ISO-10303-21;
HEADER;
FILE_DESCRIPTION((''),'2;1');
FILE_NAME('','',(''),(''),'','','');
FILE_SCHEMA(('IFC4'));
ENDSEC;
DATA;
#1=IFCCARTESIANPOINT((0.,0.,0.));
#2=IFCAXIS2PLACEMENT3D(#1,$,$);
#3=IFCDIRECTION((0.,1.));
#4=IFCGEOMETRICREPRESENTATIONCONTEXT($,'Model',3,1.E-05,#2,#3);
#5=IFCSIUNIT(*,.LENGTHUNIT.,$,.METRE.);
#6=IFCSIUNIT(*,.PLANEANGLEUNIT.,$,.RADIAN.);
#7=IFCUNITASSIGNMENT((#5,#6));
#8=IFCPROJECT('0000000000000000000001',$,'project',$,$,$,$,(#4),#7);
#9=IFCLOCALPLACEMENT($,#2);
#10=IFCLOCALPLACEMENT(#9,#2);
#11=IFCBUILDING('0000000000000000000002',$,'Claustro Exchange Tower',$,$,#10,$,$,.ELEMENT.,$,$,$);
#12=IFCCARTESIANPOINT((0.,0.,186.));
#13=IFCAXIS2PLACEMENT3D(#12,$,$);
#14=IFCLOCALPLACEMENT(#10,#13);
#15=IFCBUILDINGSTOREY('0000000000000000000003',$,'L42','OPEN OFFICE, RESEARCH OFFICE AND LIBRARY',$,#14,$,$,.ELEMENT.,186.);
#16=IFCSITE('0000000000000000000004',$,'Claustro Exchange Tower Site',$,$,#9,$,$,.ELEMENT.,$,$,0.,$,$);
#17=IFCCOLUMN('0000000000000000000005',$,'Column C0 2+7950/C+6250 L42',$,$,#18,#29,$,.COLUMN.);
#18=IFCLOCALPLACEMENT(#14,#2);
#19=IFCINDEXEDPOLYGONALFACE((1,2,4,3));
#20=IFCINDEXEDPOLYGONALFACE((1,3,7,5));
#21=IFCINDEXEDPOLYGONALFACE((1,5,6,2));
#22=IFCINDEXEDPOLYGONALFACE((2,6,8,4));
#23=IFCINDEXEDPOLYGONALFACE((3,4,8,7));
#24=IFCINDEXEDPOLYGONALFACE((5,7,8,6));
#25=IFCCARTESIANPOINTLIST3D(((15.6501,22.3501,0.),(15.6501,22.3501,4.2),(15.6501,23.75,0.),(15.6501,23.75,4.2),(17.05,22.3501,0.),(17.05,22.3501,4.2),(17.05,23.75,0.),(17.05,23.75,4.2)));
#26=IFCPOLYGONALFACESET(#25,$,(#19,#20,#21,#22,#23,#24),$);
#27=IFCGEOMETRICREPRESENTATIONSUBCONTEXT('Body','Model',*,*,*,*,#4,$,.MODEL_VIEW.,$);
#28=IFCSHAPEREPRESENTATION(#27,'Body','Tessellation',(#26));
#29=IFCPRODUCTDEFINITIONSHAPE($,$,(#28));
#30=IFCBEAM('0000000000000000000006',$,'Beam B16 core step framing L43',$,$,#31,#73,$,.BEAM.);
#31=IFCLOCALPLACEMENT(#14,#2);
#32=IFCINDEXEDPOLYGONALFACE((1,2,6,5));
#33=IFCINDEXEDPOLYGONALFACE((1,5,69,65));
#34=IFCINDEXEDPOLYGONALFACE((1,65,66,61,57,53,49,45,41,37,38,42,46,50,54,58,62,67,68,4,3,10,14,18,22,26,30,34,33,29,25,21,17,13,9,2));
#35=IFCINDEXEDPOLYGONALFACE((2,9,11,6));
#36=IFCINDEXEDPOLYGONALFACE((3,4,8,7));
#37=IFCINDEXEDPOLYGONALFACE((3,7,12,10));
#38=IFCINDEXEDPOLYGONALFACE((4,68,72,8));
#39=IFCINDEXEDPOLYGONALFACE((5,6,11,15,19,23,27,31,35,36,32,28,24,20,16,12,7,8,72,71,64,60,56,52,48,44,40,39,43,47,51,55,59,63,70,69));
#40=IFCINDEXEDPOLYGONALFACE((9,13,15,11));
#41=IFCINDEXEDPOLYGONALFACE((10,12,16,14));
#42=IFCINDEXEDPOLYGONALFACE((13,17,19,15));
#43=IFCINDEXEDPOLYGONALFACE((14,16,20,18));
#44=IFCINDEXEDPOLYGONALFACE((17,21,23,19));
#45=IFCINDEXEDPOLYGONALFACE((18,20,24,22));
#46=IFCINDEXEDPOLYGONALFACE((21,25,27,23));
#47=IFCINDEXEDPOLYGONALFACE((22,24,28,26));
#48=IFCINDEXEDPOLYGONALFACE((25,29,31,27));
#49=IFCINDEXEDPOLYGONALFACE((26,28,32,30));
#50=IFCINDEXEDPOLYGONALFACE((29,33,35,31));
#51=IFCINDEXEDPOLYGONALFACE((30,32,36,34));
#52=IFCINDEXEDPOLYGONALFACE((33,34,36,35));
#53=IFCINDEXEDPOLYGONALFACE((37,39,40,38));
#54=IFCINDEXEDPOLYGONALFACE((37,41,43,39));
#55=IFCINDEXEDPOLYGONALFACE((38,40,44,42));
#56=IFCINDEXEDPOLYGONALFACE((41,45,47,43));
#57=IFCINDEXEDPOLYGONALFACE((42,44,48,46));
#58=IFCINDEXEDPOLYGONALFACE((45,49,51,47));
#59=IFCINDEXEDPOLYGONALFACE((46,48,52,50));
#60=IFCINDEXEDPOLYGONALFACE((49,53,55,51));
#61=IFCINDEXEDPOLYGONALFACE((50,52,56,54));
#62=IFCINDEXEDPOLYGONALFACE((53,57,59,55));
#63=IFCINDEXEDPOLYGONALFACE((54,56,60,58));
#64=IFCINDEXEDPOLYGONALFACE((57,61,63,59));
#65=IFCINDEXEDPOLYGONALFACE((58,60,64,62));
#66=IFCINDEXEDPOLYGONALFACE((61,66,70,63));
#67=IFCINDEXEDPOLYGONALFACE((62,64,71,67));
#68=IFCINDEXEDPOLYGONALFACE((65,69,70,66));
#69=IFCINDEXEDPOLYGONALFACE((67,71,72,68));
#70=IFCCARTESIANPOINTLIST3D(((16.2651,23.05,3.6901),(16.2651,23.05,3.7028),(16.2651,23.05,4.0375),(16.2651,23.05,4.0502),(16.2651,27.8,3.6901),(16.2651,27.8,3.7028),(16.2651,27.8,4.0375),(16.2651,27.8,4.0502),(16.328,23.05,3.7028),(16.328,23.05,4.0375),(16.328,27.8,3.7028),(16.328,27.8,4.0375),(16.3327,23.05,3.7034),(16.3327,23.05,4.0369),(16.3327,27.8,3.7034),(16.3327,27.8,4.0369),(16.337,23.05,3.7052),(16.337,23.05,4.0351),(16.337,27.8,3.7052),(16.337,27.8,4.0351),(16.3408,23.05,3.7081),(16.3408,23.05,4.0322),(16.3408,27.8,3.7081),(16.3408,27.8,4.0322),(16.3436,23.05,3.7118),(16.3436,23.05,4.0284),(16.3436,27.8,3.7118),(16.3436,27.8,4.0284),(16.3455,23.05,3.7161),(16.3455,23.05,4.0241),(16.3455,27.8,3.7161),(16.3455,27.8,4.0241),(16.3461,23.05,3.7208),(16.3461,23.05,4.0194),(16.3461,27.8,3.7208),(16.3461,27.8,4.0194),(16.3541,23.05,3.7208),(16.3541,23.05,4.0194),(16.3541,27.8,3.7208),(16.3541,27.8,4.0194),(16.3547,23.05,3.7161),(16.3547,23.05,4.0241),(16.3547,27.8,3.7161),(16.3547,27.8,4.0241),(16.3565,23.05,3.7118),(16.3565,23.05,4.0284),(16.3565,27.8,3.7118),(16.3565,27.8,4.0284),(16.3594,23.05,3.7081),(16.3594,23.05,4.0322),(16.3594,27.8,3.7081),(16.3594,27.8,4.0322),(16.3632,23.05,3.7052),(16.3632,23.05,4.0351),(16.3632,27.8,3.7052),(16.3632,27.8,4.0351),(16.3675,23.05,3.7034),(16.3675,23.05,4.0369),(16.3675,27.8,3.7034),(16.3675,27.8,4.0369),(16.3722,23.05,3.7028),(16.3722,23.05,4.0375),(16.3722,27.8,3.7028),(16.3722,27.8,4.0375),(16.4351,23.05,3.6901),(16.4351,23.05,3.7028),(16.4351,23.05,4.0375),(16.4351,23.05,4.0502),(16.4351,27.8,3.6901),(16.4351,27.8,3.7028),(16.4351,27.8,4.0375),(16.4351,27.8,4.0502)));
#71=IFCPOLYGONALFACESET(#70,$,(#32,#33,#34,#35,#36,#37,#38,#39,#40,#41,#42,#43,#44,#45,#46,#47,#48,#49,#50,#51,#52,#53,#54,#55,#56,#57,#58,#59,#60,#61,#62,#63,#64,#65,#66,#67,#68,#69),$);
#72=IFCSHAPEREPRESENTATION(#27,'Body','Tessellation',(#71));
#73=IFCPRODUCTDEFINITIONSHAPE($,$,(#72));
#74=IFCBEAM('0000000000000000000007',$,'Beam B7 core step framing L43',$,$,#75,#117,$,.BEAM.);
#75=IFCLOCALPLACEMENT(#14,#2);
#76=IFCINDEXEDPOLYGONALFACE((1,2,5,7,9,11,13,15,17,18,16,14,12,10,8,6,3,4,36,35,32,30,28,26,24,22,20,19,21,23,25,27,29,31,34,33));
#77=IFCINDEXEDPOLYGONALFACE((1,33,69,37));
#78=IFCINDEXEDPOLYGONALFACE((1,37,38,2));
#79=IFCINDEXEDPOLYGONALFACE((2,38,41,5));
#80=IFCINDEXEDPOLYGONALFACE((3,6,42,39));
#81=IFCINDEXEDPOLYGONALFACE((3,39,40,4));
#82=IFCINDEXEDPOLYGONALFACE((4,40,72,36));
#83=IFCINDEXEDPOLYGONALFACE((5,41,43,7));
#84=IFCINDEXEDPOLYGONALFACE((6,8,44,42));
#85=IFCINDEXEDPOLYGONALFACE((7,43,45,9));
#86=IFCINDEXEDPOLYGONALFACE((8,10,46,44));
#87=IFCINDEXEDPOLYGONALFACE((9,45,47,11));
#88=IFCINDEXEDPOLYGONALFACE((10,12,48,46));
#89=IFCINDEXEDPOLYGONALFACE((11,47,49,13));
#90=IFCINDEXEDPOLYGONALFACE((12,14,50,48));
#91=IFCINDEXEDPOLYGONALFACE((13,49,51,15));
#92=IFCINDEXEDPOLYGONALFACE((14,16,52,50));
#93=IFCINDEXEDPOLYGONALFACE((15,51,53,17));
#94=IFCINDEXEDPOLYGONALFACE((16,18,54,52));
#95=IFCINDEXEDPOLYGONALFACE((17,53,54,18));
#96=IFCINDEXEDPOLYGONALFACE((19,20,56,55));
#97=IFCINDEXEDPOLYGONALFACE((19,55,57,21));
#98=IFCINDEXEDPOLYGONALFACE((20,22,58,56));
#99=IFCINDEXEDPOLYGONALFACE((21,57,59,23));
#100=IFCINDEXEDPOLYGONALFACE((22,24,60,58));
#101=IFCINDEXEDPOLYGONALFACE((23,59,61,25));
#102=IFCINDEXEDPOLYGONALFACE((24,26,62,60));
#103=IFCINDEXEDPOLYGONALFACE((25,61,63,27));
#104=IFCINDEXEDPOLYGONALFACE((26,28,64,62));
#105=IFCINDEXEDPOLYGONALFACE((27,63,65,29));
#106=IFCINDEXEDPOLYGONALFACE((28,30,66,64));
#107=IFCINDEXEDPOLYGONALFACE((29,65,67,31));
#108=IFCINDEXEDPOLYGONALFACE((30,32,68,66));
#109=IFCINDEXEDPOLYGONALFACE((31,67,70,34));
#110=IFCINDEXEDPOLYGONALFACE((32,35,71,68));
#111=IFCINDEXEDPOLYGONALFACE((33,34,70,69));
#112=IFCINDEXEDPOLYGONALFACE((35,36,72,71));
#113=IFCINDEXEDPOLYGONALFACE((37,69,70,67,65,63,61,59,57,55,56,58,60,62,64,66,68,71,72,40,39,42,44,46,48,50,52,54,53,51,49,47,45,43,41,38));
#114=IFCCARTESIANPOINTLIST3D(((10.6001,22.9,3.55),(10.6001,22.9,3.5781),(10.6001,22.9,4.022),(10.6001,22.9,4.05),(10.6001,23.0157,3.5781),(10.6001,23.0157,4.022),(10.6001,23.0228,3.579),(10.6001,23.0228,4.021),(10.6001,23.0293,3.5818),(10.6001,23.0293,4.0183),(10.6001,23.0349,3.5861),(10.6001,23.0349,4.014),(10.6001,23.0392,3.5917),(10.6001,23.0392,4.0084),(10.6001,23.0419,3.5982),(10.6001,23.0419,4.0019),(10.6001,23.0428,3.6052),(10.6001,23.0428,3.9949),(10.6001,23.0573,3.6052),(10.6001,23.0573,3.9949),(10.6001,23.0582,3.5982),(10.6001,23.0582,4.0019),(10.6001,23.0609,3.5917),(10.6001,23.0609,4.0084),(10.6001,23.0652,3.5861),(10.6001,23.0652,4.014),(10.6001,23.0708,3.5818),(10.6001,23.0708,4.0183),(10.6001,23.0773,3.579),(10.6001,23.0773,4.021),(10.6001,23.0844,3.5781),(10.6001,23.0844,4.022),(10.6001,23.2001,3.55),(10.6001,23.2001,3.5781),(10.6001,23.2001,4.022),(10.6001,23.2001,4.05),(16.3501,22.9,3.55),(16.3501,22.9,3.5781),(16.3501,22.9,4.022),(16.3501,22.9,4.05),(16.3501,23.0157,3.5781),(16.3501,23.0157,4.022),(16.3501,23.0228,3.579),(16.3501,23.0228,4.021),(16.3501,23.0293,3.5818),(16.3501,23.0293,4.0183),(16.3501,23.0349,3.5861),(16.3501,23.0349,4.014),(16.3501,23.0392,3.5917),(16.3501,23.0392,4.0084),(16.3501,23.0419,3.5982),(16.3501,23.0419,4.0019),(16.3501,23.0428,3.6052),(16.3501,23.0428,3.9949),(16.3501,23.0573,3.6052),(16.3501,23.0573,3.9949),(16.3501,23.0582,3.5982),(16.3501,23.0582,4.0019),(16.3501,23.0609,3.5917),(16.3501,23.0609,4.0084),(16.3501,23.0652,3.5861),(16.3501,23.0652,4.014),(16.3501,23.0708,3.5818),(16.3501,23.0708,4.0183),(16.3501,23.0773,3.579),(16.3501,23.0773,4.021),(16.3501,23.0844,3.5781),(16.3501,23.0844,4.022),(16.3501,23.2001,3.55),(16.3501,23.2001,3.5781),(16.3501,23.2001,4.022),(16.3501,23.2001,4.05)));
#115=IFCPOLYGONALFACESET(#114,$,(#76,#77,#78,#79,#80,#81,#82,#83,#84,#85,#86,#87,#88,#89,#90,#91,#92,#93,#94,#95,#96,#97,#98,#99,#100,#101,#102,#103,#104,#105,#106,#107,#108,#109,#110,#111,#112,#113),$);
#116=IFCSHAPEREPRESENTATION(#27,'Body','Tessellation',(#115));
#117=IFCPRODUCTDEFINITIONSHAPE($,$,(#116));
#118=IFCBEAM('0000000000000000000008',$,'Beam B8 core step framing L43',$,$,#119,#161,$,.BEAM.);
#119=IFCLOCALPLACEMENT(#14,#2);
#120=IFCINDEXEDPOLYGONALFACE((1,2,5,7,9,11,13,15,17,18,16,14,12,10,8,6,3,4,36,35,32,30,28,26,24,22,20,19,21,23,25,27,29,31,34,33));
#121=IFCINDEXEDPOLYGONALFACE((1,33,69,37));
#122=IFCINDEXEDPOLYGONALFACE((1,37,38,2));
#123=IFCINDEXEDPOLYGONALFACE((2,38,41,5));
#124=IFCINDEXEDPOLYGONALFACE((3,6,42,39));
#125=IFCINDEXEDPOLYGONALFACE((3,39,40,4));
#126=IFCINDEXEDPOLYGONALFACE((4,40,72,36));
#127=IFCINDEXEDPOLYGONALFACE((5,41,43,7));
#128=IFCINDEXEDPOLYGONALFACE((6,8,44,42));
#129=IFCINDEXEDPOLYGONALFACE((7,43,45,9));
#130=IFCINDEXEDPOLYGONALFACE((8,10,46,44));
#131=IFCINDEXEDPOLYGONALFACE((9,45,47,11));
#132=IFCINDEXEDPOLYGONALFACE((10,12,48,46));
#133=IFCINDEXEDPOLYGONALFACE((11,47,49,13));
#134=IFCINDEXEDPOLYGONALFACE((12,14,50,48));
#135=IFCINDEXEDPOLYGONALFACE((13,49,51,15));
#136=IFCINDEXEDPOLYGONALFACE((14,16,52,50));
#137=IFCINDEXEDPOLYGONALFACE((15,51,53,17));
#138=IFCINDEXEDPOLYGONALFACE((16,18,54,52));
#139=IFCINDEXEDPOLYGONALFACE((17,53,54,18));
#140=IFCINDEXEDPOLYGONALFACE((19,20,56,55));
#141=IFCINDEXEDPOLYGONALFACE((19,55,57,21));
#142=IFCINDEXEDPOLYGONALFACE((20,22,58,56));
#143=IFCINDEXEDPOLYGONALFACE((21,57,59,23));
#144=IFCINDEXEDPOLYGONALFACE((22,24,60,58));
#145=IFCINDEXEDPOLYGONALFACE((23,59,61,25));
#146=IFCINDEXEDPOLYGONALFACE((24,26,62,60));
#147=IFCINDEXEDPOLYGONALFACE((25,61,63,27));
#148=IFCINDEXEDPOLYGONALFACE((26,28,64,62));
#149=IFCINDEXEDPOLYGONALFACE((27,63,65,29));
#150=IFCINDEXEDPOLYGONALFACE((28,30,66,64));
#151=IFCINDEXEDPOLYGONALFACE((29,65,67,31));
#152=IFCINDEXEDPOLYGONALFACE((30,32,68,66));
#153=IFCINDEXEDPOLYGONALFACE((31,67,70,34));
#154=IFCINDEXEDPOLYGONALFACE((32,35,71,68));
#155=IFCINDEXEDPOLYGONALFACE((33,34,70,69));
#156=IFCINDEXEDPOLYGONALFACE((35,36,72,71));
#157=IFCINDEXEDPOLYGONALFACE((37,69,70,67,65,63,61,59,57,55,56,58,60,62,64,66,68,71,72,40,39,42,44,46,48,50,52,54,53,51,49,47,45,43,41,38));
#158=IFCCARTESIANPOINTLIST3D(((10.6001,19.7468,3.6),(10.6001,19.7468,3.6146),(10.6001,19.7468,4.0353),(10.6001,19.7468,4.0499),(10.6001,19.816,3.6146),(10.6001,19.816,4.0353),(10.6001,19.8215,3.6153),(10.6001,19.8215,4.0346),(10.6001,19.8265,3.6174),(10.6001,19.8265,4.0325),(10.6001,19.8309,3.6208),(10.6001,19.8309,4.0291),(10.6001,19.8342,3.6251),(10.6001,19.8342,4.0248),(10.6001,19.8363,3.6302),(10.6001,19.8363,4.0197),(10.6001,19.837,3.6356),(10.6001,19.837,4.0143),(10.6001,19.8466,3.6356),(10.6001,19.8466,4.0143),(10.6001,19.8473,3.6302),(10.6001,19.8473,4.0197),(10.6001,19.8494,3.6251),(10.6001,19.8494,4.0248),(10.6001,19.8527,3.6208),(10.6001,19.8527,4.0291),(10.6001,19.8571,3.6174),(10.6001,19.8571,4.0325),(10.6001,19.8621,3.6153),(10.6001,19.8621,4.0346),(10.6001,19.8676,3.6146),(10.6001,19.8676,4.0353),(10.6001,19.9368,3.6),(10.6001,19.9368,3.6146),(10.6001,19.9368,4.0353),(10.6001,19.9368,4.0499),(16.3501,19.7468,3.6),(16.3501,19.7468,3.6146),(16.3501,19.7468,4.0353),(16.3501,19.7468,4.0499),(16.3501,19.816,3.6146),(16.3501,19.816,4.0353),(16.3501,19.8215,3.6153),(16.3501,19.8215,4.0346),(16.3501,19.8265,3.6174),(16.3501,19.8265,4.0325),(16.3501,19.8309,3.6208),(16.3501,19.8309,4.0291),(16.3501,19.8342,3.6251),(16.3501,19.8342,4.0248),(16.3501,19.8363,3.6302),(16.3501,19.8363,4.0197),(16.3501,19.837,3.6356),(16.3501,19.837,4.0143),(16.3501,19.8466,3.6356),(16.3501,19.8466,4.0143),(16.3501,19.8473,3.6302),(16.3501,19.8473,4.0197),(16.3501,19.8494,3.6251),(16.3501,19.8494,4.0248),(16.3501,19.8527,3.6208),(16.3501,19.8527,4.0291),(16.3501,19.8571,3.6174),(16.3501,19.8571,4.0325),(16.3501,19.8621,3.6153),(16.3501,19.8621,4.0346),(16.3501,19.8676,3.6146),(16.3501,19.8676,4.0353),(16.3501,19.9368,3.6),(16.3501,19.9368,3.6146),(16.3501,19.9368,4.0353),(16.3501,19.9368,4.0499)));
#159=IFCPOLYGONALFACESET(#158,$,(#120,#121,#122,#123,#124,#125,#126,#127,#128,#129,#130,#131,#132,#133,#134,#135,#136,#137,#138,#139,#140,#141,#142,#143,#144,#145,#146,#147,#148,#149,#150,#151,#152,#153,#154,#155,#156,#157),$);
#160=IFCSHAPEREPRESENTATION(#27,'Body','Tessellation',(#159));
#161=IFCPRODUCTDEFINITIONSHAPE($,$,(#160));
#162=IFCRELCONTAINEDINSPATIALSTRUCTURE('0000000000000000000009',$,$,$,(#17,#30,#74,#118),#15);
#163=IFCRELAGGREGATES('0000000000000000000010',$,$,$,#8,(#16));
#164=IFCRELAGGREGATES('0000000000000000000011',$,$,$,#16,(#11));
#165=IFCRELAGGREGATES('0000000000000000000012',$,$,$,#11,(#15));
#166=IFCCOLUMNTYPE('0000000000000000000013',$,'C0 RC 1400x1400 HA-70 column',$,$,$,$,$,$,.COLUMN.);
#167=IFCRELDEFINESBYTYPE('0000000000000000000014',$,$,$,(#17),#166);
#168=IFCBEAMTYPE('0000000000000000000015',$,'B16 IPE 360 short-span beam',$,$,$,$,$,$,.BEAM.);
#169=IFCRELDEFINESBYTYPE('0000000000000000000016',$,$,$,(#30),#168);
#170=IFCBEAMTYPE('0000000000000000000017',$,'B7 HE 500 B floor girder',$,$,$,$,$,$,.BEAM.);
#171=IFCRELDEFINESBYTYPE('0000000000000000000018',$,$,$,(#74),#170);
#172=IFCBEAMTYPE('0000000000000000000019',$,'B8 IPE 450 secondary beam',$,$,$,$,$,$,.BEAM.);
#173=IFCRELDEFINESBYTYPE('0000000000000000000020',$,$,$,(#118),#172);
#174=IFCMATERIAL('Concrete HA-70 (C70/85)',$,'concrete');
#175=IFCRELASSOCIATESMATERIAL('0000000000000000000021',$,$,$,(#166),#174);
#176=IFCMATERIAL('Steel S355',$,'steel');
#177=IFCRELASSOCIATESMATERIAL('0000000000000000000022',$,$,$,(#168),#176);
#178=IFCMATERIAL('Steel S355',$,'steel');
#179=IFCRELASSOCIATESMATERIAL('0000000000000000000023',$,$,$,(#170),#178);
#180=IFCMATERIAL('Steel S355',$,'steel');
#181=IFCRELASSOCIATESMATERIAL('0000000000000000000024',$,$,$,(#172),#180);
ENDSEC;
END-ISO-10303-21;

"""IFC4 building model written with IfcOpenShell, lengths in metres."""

from ifc_helpers import new_model, si_unit, direction, frame, origin, origin_2d, place, context, subcontext, project, spatial, rectangle, i_section, extrude, material, material_profile, profile_set, type_object, element, save


model = new_model("IFC4")

# Units and contexts
model_context = context("Model", 3, precision=1e-05, world=origin(), true_north=direction((0.0, 1.0)))
body_context = subcontext(model_context, "Body", "Model", "MODEL_VIEW")
ifc_project = project(units=[si_unit("LENGTHUNIT", "METRE"), si_unit("PLANEANGLEUNIT", "RADIAN")], contexts=[model_context])

# Site, building, storey
site_placement = place(None, origin())
site = spatial("IfcSite", under=ifc_project, at=site_placement, Name="Claustro Exchange Tower Site", CompositionType="ELEMENT", RefElevation=0.0)
building_placement = place(site_placement, origin())
building = spatial("IfcBuilding", under=site, at=building_placement, Name="Claustro Exchange Tower", CompositionType="ELEMENT")
storey_placement = place(building_placement, frame((0.0, 0.0, 186.0)))
storey = spatial("IfcBuildingStorey", under=building, at=storey_placement, Name="L42", Description="OPEN OFFICE, RESEARCH OFFICE AND LIBRARY", CompositionType="ELEMENT", Elevation=186.0)

# Column
ifc_material_1 = material(Name="Concrete HA-70 (C70/85)", Category="concrete")
ifc_material_profile_1 = material_profile(ifc_material_1, rectangle(XDim=1.3999, YDim=1.3999, at=origin_2d()), Name="RC 1400x1400")
ifc_profile_set_1 = profile_set([ifc_material_profile_1], Name="Concrete HA-70 (C70/85)")
column_type = type_object("IfcColumnType", Name="C0 RC 1400x1400 HA-70 column", PredefinedType="COLUMN", material=ifc_profile_set_1)
column_placement = place(storey_placement, frame((16.3501, 23.05, 0.0), z_axis=(0.0, 0.0, 1.0), x_axis=(1.0, 0.0, 0.0)))
element("IfcColumn", 1, at=column_placement, inside=storey, type_object=column_type, Name="Column C0 2+7950/C+6250 L42", PredefinedType="COLUMN", context=body_context, shape_type="SweptSolid", body=[
    extrude(rectangle(XDim=1.3999, YDim=1.3999, at=origin_2d()), origin(), (0.0, 0.0, 1.0), 4.2),
])

# Beams
ifc_material_2 = material(Name="Steel S355", Category="steel")
ifc_material_profile_2 = material_profile(ifc_material_2, i_section(OverallWidth=0.1699, OverallDepth=0.3601, WebThickness=0.0081, FlangeThickness=0.0127, FilletRadius=0.0181, at=origin_2d()), Name="IPE 360")
ifc_profile_set_2 = profile_set([ifc_material_profile_2], Name="Steel S355")
beam_type_1 = type_object("IfcBeamType", Name="B16 IPE 360 short-span beam", PredefinedType="BEAM", material=ifc_profile_set_2)
beam_1_placement = place(storey_placement, frame((16.3501, 23.05, 3.8701), z_axis=(0.0, 1.0, 0.0), x_axis=(-1.0, 0.0, 0.0)))
element("IfcBeam", 2, at=beam_1_placement, inside=storey, type_object=beam_type_1, Name="Beam B16 core step framing L43", PredefinedType="BEAM", context=body_context, shape_type="SweptSolid", body=[
    extrude(i_section(OverallWidth=0.1699, OverallDepth=0.3601, WebThickness=0.0081, FlangeThickness=0.0127, FilletRadius=0.0181, at=origin_2d()), origin(), (0.0, 0.0, 1.0), 4.75),
])
ifc_material_3 = material(Name="Steel S355", Category="steel")
ifc_material_profile_3 = material_profile(ifc_material_3, i_section(OverallWidth=0.3, OverallDepth=0.5, WebThickness=0.0144, FlangeThickness=0.0281, FilletRadius=0.0271, at=origin_2d()), Name="HE 500 B")
ifc_profile_set_3 = profile_set([ifc_material_profile_3], Name="Steel S355")
beam_type_2 = type_object("IfcBeamType", Name="B7 HE 500 B floor girder", PredefinedType="BEAM", material=ifc_profile_set_3)
beam_2_placement = place(storey_placement, frame((10.6001, 23.05, 3.8), z_axis=(1.0, 0.0, 0.0), x_axis=(0.0, 1.0, 0.0)))
element("IfcBeam", 3, at=beam_2_placement, inside=storey, type_object=beam_type_2, Name="Beam B7 core step framing L43", PredefinedType="BEAM", context=body_context, shape_type="SweptSolid", body=[
    extrude(i_section(OverallWidth=0.3, OverallDepth=0.5, WebThickness=0.0144, FlangeThickness=0.0281, FilletRadius=0.0271, at=origin_2d()), origin(), (0.0, 0.0, 1.0), 5.75),
])
ifc_material_4 = material(Name="Steel S355", Category="steel")
ifc_material_profile_4 = material_profile(ifc_material_4, i_section(OverallWidth=0.1899, OverallDepth=0.45, WebThickness=0.0095, FlangeThickness=0.0146, FilletRadius=0.021, at=origin_2d()), Name="IPE 450")
ifc_profile_set_4 = profile_set([ifc_material_profile_4], Name="Steel S355")
beam_type_3 = type_object("IfcBeamType", Name="B8 IPE 450 secondary beam", PredefinedType="BEAM", material=ifc_profile_set_4)
for number, where, z_axis, x_axis, name in (
    (4, (10.6001, 19.8418, 3.825), (1.0, 0.0, 0.0), (0.0, 1.0, 0.0), "Beam B8 core step framing L43"),
):
    element("IfcBeam", number, at=place(storey_placement, frame(where, z_axis=z_axis, x_axis=x_axis)), inside=storey, type_object=beam_type_3, Name=name, PredefinedType="BEAM", context=body_context, shape_type="SweptSolid", body=[
        extrude(i_section(OverallWidth=0.1899, OverallDepth=0.45, WebThickness=0.0095, FlangeThickness=0.0146, FilletRadius=0.021, at=origin_2d()), origin(), (0.0, 0.0, 1.0), 5.75),
    ])

save(model, "model.ifc")
